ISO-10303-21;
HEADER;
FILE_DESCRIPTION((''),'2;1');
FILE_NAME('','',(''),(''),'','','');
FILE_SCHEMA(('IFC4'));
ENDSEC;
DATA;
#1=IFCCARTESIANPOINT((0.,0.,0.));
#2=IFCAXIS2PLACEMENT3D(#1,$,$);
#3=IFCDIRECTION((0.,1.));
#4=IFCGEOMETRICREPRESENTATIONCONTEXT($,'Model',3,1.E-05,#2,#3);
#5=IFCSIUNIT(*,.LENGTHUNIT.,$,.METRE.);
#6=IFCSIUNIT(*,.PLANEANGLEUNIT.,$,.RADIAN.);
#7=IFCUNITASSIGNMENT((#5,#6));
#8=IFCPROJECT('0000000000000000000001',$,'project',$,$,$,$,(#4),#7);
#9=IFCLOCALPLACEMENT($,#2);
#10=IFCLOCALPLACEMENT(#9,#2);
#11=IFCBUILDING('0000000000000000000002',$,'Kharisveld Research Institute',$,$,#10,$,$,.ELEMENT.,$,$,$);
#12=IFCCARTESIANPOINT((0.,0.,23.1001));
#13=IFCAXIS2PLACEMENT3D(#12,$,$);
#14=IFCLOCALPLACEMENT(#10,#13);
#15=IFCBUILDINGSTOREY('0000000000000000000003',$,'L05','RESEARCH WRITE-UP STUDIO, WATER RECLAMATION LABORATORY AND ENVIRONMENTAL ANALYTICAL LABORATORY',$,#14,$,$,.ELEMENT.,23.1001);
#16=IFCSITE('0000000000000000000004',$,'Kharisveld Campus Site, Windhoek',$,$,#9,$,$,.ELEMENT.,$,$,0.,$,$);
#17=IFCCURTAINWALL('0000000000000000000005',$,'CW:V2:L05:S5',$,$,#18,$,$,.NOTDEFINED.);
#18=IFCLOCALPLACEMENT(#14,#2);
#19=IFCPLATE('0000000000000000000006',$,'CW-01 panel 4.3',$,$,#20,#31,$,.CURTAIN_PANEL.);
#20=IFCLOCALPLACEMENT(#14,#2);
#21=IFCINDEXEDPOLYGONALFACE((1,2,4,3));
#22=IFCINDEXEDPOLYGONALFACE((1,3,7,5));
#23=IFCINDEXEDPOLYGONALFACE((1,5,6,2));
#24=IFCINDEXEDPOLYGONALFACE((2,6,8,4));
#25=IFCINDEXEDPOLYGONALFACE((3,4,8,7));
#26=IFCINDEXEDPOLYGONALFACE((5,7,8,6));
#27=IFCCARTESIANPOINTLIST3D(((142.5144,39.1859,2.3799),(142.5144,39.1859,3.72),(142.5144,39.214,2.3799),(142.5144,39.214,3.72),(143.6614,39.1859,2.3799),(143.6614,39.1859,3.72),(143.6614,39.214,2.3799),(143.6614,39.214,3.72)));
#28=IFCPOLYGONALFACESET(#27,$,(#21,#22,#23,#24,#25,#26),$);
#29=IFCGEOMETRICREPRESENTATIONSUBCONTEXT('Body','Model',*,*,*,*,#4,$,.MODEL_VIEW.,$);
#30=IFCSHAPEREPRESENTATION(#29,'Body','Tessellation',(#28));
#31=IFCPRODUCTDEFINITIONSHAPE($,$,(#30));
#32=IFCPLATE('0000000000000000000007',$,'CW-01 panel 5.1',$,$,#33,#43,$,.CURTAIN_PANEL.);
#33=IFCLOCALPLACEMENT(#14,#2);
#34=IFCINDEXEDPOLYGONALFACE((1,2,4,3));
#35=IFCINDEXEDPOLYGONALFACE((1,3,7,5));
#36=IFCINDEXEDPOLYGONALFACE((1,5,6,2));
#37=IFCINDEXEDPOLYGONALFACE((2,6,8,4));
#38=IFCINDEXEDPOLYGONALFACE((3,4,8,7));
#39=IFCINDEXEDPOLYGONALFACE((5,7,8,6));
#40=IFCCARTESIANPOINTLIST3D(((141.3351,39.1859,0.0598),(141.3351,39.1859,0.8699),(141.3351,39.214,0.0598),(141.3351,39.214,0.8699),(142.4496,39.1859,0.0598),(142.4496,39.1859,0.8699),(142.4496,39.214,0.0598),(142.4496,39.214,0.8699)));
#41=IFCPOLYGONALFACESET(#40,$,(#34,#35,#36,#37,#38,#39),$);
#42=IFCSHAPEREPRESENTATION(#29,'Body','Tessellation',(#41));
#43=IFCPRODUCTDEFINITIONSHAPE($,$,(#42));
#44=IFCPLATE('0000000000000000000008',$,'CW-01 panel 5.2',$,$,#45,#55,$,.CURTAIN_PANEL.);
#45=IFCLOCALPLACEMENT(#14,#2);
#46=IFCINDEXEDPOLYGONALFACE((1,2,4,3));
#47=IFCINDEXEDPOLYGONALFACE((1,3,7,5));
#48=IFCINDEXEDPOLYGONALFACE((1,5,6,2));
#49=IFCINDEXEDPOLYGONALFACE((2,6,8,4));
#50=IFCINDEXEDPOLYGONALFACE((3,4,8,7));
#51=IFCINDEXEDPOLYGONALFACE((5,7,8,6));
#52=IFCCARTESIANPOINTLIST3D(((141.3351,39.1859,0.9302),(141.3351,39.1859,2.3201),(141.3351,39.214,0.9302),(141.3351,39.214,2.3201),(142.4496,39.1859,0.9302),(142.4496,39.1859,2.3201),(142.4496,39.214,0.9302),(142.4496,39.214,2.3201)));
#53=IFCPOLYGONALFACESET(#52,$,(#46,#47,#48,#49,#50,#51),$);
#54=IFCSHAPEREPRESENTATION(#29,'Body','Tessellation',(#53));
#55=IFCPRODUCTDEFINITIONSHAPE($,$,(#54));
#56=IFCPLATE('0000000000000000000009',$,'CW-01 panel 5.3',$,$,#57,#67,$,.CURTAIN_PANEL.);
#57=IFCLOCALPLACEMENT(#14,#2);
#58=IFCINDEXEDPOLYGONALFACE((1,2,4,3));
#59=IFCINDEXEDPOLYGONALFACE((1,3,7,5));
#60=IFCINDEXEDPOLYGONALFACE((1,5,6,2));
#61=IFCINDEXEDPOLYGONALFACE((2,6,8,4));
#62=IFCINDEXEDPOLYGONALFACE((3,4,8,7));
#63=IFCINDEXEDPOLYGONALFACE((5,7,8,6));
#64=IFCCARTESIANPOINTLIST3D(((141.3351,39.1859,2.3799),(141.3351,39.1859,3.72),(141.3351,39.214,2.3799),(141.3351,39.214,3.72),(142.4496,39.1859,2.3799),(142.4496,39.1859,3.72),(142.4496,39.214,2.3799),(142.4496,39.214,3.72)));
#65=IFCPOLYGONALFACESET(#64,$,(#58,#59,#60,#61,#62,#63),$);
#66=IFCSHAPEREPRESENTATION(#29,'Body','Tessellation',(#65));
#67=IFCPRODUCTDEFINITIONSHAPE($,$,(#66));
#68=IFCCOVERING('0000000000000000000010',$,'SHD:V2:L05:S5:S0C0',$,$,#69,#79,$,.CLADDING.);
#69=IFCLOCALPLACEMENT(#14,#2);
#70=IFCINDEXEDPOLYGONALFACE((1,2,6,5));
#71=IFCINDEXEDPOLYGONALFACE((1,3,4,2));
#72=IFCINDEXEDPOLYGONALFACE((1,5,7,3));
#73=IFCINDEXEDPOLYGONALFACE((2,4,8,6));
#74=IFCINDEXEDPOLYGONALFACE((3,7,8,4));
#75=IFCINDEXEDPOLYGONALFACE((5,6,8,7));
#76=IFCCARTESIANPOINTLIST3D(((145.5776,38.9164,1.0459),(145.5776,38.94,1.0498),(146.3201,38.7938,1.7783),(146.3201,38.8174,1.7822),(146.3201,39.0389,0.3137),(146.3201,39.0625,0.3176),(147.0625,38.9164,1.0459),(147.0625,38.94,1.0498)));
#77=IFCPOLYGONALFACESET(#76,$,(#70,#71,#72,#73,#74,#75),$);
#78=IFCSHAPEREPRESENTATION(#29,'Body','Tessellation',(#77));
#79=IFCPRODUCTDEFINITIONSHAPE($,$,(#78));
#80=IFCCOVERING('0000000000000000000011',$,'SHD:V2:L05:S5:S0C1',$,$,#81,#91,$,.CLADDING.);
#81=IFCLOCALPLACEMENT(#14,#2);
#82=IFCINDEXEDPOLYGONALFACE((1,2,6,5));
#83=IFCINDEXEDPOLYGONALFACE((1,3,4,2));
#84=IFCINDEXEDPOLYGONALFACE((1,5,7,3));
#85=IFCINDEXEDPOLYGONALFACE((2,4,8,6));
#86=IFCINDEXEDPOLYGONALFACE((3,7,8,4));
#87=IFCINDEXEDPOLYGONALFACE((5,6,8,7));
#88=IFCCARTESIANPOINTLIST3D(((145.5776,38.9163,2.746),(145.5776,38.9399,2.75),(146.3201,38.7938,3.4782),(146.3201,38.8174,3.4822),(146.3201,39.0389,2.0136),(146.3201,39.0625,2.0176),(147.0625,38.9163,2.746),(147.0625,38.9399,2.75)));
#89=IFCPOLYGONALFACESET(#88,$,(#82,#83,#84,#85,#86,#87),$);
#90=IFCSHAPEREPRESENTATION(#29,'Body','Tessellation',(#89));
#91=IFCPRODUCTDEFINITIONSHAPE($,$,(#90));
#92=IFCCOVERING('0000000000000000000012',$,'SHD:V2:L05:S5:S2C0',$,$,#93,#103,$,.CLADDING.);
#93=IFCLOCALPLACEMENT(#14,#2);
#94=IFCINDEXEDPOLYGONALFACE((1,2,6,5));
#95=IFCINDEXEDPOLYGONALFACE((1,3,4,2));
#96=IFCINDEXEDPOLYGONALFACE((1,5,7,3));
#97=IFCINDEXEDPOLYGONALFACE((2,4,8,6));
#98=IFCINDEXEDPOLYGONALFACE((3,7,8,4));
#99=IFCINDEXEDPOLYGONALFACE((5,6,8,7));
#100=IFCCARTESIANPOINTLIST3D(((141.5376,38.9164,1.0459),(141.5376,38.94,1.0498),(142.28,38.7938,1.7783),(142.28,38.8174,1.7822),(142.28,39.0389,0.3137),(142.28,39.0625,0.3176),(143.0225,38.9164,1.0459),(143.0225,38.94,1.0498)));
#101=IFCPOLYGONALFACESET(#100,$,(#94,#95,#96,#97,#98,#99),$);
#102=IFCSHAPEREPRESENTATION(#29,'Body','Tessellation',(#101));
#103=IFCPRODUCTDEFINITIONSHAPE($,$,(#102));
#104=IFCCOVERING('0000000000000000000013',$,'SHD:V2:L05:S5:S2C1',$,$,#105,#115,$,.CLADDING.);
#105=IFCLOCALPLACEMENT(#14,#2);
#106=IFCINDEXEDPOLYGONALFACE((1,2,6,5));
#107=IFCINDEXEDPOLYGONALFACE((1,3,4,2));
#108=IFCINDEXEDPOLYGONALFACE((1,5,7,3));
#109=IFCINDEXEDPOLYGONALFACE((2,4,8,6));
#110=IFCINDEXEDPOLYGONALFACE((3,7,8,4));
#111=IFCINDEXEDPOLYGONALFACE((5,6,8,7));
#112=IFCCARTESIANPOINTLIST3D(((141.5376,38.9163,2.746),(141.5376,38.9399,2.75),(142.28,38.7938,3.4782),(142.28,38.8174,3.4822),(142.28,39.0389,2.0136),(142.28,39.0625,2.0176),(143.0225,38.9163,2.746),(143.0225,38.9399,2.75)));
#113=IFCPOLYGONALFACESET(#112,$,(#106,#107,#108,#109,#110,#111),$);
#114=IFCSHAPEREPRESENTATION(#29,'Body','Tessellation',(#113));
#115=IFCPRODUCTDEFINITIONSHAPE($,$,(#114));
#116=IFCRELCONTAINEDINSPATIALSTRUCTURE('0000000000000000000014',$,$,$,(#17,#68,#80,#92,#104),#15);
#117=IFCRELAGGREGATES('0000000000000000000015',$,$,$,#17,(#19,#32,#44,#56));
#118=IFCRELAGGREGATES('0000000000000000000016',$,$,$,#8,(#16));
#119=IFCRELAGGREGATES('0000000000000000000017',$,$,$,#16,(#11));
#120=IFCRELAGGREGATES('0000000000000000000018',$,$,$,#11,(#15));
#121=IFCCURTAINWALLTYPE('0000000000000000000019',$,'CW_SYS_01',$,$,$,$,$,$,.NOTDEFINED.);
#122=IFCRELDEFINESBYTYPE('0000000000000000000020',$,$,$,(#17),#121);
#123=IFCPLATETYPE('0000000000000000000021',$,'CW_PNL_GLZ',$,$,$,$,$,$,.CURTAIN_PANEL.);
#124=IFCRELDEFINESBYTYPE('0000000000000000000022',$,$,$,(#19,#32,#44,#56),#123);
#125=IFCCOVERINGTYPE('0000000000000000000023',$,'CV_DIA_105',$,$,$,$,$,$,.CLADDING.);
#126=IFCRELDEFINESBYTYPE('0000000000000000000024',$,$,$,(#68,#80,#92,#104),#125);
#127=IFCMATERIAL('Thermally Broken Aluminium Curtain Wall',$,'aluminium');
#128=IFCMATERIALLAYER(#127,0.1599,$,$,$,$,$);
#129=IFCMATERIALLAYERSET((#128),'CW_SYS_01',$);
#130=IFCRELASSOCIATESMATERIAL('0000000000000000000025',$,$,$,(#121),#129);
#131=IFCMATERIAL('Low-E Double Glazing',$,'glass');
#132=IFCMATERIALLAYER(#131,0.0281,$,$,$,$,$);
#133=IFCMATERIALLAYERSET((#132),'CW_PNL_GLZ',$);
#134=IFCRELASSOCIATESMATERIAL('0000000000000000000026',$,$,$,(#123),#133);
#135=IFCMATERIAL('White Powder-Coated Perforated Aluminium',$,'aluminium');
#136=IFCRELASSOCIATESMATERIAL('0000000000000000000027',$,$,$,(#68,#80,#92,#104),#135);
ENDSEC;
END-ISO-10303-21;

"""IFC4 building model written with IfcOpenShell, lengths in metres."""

from ifc_helpers import new_model, si_unit, direction, frame, origin, origin_2d, place, context, subcontext, project, spatial, polyline, rectangle, outline, extrude, material, layer, layer_set, type_object, element, aggregate, save


model = new_model("IFC4")

# Units and contexts
model_context = context("Model", 3, precision=1e-05, world=origin(), true_north=direction((0.0, 1.0)))
body_context = subcontext(model_context, "Body", "Model", "MODEL_VIEW")
ifc_project = project(units=[si_unit("LENGTHUNIT", "METRE"), si_unit("PLANEANGLEUNIT", "RADIAN")], contexts=[model_context])

# Site, building, storey
site_placement = place(None, origin())
site = spatial("IfcSite", under=ifc_project, at=site_placement, Name="Kharisveld Campus Site, Windhoek", CompositionType="ELEMENT", RefElevation=0.0)
building_placement = place(site_placement, origin())
building = spatial("IfcBuilding", under=site, at=building_placement, Name="Kharisveld Research Institute", CompositionType="ELEMENT")
storey_placement = place(building_placement, frame((0.0, 0.0, 23.1001)))
storey = spatial("IfcBuildingStorey", under=building, at=storey_placement, Name="L05", Description="RESEARCH WRITE-UP STUDIO, WATER RECLAMATION LABORATORY AND ENVIRONMENTAL ANALYTICAL LABORATORY", CompositionType="ELEMENT", Elevation=23.1001)

# Curtain wall
ifc_material_1 = material(Name="Thermally Broken Aluminium Curtain Wall", Category="aluminium")
ifc_layer_1 = layer(ifc_material_1, 0.1599)
ifc_layer_set_1 = layer_set([ifc_layer_1], Name="CW_SYS_01")
curtain_wall_type = type_object("IfcCurtainWallType", Name="CW_SYS_01", PredefinedType="NOTDEFINED", material=ifc_layer_set_1)
curtain_wall_placement = place(storey_placement, origin())
curtain_wall = element("IfcCurtainWall", 1, at=curtain_wall_placement, inside=storey, type_object=curtain_wall_type, Name="CW:V2:L05:S5", PredefinedType="NOTDEFINED")

# Plates
ifc_material_2 = material(Name="Low-E Double Glazing", Category="glass")
ifc_layer_2 = layer(ifc_material_2, 0.0281)
ifc_layer_set_2 = layer_set([ifc_layer_2], Name="CW_PNL_GLZ")
plate_type = type_object("IfcPlateType", Name="CW_PNL_GLZ", PredefinedType="CURTAIN_PANEL", material=ifc_layer_set_2)
plate_1_placement = place(storey_placement, frame((143.0879, 39.2, 2.3799), z_axis=(0.0, 0.0, 1.0), x_axis=(-1.0, 0.0, 0.0)))
plate_1 = element("IfcPlate", 2, at=plate_1_placement, type_object=plate_type, Name="CW-01 panel 4.3", PredefinedType="CURTAIN_PANEL", context=body_context, shape_type="SweptSolid", body=[
    extrude(rectangle(XDim=1.147, YDim=0.0281, at=origin_2d()), origin(), (0.0, 0.0, 1.0), 1.3401),
])
plate_2_placement = place(storey_placement, frame((141.8923, 39.2, 0.0598), z_axis=(0.0, 0.0, 1.0), x_axis=(-1.0, 0.0, 0.0)))
plate_2 = element("IfcPlate", 3, at=plate_2_placement, type_object=plate_type, Name="CW-01 panel 5.1", PredefinedType="CURTAIN_PANEL", context=body_context, shape_type="SweptSolid", body=[
    extrude(rectangle(XDim=1.1145, YDim=0.0281, at=origin_2d()), origin(), (0.0, 0.0, 1.0), 0.8101),
])
plate_3_placement = place(storey_placement, frame((141.8923, 39.2, 0.9302), z_axis=(0.0, 0.0, 1.0), x_axis=(-1.0, 0.0, 0.0)))
plate_3 = element("IfcPlate", 4, at=plate_3_placement, type_object=plate_type, Name="CW-01 panel 5.2", PredefinedType="CURTAIN_PANEL", context=body_context, shape_type="SweptSolid", body=[
    extrude(rectangle(XDim=1.1145, YDim=0.0281, at=origin_2d()), origin(), (0.0, 0.0, 1.0), 1.3899),
])
plate_4_placement = place(storey_placement, frame((141.8923, 39.2, 2.3799), z_axis=(0.0, 0.0, 1.0), x_axis=(-1.0, 0.0, 0.0)))
plate_4 = element("IfcPlate", 5, at=plate_4_placement, type_object=plate_type, Name="CW-01 panel 5.3", PredefinedType="CURTAIN_PANEL", context=body_context, shape_type="SweptSolid", body=[
    extrude(rectangle(XDim=1.1145, YDim=0.0281, at=origin_2d()), origin(), (0.0, 0.0, 1.0), 1.3401),
])
aggregate(curtain_wall, [plate_1, plate_2, plate_3, plate_4])

# Coverings
ifc_material_3 = material(Name="White Powder-Coated Perforated Aluminium", Category="aluminium")
covering_type = type_object("IfcCoveringType", Name="CV_DIA_105", PredefinedType="CLADDING")
covering_1_placement = place(storey_placement, frame((146.3201, 39.0625, 0.3176), z_axis=(0.0, 0.986283, 0.165065), x_axis=(-0.707139, -0.116714, 0.697376)))
element("IfcCovering", 6, at=covering_1_placement, inside=storey, type_object=covering_type, material=ifc_material_3, Name="SHD:V2:L05:S5:S0C0", PredefinedType="CLADDING", context=body_context, shape_type="SweptSolid", body=[
    extrude(outline(polyline([(0.0, 0.0), (1.0499, 0.0), (1.05, 1.0501), (-0.0001, 1.0499), (0.0, 0.0)])), origin(), (0.0, 0.0, -1.0), 0.0239),
])
covering_2_placement = place(storey_placement, frame((146.3201, 39.0625, 2.0176), z_axis=(0.0, 0.986283, 0.165065), x_axis=(-0.707024, -0.116733, 0.697489)))
element("IfcCovering", 7, at=covering_2_placement, inside=storey, type_object=covering_type, material=ifc_material_3, Name="SHD:V2:L05:S5:S0C1", PredefinedType="CLADDING", context=body_context, shape_type="SweptSolid", body=[
    extrude(outline(polyline([(0.0, 0.0), (1.0501, 0.0), (1.0502, 1.0499), (0.0002, 1.0501), (0.0, 0.0)])), origin(), (0.0, 0.0, -1.0), 0.0239),
])
covering_3_placement = place(storey_placement, frame((142.28, 39.0625, 0.3176), z_axis=(0.0, 0.986283, 0.165065), x_axis=(-0.707139, -0.116714, 0.697376)))
element("IfcCovering", 8, at=covering_3_placement, inside=storey, type_object=covering_type, material=ifc_material_3, Name="SHD:V2:L05:S5:S2C0", PredefinedType="CLADDING", context=body_context, shape_type="SweptSolid", body=[
    extrude(outline(polyline([(0.0, 0.0), (1.0499, 0.0), (1.05, 1.0501), (-0.0001, 1.0499), (0.0, 0.0)])), origin(), (0.0, 0.0, -1.0), 0.0239),
])
covering_4_placement = place(storey_placement, frame((142.28, 39.0625, 2.0176), z_axis=(0.0, 0.986283, 0.165065), x_axis=(-0.707024, -0.116733, 0.697489)))
element("IfcCovering", 9, at=covering_4_placement, inside=storey, type_object=covering_type, material=ifc_material_3, Name="SHD:V2:L05:S5:S2C1", PredefinedType="CLADDING", context=body_context, shape_type="SweptSolid", body=[
    extrude(outline(polyline([(0.0, 0.0), (1.0501, 0.0), (1.0502, 1.0499), (0.0002, 1.0501), (0.0, 0.0)])), origin(), (0.0, 0.0, -1.0), 0.0239),
])

save(model, "model.ifc")
